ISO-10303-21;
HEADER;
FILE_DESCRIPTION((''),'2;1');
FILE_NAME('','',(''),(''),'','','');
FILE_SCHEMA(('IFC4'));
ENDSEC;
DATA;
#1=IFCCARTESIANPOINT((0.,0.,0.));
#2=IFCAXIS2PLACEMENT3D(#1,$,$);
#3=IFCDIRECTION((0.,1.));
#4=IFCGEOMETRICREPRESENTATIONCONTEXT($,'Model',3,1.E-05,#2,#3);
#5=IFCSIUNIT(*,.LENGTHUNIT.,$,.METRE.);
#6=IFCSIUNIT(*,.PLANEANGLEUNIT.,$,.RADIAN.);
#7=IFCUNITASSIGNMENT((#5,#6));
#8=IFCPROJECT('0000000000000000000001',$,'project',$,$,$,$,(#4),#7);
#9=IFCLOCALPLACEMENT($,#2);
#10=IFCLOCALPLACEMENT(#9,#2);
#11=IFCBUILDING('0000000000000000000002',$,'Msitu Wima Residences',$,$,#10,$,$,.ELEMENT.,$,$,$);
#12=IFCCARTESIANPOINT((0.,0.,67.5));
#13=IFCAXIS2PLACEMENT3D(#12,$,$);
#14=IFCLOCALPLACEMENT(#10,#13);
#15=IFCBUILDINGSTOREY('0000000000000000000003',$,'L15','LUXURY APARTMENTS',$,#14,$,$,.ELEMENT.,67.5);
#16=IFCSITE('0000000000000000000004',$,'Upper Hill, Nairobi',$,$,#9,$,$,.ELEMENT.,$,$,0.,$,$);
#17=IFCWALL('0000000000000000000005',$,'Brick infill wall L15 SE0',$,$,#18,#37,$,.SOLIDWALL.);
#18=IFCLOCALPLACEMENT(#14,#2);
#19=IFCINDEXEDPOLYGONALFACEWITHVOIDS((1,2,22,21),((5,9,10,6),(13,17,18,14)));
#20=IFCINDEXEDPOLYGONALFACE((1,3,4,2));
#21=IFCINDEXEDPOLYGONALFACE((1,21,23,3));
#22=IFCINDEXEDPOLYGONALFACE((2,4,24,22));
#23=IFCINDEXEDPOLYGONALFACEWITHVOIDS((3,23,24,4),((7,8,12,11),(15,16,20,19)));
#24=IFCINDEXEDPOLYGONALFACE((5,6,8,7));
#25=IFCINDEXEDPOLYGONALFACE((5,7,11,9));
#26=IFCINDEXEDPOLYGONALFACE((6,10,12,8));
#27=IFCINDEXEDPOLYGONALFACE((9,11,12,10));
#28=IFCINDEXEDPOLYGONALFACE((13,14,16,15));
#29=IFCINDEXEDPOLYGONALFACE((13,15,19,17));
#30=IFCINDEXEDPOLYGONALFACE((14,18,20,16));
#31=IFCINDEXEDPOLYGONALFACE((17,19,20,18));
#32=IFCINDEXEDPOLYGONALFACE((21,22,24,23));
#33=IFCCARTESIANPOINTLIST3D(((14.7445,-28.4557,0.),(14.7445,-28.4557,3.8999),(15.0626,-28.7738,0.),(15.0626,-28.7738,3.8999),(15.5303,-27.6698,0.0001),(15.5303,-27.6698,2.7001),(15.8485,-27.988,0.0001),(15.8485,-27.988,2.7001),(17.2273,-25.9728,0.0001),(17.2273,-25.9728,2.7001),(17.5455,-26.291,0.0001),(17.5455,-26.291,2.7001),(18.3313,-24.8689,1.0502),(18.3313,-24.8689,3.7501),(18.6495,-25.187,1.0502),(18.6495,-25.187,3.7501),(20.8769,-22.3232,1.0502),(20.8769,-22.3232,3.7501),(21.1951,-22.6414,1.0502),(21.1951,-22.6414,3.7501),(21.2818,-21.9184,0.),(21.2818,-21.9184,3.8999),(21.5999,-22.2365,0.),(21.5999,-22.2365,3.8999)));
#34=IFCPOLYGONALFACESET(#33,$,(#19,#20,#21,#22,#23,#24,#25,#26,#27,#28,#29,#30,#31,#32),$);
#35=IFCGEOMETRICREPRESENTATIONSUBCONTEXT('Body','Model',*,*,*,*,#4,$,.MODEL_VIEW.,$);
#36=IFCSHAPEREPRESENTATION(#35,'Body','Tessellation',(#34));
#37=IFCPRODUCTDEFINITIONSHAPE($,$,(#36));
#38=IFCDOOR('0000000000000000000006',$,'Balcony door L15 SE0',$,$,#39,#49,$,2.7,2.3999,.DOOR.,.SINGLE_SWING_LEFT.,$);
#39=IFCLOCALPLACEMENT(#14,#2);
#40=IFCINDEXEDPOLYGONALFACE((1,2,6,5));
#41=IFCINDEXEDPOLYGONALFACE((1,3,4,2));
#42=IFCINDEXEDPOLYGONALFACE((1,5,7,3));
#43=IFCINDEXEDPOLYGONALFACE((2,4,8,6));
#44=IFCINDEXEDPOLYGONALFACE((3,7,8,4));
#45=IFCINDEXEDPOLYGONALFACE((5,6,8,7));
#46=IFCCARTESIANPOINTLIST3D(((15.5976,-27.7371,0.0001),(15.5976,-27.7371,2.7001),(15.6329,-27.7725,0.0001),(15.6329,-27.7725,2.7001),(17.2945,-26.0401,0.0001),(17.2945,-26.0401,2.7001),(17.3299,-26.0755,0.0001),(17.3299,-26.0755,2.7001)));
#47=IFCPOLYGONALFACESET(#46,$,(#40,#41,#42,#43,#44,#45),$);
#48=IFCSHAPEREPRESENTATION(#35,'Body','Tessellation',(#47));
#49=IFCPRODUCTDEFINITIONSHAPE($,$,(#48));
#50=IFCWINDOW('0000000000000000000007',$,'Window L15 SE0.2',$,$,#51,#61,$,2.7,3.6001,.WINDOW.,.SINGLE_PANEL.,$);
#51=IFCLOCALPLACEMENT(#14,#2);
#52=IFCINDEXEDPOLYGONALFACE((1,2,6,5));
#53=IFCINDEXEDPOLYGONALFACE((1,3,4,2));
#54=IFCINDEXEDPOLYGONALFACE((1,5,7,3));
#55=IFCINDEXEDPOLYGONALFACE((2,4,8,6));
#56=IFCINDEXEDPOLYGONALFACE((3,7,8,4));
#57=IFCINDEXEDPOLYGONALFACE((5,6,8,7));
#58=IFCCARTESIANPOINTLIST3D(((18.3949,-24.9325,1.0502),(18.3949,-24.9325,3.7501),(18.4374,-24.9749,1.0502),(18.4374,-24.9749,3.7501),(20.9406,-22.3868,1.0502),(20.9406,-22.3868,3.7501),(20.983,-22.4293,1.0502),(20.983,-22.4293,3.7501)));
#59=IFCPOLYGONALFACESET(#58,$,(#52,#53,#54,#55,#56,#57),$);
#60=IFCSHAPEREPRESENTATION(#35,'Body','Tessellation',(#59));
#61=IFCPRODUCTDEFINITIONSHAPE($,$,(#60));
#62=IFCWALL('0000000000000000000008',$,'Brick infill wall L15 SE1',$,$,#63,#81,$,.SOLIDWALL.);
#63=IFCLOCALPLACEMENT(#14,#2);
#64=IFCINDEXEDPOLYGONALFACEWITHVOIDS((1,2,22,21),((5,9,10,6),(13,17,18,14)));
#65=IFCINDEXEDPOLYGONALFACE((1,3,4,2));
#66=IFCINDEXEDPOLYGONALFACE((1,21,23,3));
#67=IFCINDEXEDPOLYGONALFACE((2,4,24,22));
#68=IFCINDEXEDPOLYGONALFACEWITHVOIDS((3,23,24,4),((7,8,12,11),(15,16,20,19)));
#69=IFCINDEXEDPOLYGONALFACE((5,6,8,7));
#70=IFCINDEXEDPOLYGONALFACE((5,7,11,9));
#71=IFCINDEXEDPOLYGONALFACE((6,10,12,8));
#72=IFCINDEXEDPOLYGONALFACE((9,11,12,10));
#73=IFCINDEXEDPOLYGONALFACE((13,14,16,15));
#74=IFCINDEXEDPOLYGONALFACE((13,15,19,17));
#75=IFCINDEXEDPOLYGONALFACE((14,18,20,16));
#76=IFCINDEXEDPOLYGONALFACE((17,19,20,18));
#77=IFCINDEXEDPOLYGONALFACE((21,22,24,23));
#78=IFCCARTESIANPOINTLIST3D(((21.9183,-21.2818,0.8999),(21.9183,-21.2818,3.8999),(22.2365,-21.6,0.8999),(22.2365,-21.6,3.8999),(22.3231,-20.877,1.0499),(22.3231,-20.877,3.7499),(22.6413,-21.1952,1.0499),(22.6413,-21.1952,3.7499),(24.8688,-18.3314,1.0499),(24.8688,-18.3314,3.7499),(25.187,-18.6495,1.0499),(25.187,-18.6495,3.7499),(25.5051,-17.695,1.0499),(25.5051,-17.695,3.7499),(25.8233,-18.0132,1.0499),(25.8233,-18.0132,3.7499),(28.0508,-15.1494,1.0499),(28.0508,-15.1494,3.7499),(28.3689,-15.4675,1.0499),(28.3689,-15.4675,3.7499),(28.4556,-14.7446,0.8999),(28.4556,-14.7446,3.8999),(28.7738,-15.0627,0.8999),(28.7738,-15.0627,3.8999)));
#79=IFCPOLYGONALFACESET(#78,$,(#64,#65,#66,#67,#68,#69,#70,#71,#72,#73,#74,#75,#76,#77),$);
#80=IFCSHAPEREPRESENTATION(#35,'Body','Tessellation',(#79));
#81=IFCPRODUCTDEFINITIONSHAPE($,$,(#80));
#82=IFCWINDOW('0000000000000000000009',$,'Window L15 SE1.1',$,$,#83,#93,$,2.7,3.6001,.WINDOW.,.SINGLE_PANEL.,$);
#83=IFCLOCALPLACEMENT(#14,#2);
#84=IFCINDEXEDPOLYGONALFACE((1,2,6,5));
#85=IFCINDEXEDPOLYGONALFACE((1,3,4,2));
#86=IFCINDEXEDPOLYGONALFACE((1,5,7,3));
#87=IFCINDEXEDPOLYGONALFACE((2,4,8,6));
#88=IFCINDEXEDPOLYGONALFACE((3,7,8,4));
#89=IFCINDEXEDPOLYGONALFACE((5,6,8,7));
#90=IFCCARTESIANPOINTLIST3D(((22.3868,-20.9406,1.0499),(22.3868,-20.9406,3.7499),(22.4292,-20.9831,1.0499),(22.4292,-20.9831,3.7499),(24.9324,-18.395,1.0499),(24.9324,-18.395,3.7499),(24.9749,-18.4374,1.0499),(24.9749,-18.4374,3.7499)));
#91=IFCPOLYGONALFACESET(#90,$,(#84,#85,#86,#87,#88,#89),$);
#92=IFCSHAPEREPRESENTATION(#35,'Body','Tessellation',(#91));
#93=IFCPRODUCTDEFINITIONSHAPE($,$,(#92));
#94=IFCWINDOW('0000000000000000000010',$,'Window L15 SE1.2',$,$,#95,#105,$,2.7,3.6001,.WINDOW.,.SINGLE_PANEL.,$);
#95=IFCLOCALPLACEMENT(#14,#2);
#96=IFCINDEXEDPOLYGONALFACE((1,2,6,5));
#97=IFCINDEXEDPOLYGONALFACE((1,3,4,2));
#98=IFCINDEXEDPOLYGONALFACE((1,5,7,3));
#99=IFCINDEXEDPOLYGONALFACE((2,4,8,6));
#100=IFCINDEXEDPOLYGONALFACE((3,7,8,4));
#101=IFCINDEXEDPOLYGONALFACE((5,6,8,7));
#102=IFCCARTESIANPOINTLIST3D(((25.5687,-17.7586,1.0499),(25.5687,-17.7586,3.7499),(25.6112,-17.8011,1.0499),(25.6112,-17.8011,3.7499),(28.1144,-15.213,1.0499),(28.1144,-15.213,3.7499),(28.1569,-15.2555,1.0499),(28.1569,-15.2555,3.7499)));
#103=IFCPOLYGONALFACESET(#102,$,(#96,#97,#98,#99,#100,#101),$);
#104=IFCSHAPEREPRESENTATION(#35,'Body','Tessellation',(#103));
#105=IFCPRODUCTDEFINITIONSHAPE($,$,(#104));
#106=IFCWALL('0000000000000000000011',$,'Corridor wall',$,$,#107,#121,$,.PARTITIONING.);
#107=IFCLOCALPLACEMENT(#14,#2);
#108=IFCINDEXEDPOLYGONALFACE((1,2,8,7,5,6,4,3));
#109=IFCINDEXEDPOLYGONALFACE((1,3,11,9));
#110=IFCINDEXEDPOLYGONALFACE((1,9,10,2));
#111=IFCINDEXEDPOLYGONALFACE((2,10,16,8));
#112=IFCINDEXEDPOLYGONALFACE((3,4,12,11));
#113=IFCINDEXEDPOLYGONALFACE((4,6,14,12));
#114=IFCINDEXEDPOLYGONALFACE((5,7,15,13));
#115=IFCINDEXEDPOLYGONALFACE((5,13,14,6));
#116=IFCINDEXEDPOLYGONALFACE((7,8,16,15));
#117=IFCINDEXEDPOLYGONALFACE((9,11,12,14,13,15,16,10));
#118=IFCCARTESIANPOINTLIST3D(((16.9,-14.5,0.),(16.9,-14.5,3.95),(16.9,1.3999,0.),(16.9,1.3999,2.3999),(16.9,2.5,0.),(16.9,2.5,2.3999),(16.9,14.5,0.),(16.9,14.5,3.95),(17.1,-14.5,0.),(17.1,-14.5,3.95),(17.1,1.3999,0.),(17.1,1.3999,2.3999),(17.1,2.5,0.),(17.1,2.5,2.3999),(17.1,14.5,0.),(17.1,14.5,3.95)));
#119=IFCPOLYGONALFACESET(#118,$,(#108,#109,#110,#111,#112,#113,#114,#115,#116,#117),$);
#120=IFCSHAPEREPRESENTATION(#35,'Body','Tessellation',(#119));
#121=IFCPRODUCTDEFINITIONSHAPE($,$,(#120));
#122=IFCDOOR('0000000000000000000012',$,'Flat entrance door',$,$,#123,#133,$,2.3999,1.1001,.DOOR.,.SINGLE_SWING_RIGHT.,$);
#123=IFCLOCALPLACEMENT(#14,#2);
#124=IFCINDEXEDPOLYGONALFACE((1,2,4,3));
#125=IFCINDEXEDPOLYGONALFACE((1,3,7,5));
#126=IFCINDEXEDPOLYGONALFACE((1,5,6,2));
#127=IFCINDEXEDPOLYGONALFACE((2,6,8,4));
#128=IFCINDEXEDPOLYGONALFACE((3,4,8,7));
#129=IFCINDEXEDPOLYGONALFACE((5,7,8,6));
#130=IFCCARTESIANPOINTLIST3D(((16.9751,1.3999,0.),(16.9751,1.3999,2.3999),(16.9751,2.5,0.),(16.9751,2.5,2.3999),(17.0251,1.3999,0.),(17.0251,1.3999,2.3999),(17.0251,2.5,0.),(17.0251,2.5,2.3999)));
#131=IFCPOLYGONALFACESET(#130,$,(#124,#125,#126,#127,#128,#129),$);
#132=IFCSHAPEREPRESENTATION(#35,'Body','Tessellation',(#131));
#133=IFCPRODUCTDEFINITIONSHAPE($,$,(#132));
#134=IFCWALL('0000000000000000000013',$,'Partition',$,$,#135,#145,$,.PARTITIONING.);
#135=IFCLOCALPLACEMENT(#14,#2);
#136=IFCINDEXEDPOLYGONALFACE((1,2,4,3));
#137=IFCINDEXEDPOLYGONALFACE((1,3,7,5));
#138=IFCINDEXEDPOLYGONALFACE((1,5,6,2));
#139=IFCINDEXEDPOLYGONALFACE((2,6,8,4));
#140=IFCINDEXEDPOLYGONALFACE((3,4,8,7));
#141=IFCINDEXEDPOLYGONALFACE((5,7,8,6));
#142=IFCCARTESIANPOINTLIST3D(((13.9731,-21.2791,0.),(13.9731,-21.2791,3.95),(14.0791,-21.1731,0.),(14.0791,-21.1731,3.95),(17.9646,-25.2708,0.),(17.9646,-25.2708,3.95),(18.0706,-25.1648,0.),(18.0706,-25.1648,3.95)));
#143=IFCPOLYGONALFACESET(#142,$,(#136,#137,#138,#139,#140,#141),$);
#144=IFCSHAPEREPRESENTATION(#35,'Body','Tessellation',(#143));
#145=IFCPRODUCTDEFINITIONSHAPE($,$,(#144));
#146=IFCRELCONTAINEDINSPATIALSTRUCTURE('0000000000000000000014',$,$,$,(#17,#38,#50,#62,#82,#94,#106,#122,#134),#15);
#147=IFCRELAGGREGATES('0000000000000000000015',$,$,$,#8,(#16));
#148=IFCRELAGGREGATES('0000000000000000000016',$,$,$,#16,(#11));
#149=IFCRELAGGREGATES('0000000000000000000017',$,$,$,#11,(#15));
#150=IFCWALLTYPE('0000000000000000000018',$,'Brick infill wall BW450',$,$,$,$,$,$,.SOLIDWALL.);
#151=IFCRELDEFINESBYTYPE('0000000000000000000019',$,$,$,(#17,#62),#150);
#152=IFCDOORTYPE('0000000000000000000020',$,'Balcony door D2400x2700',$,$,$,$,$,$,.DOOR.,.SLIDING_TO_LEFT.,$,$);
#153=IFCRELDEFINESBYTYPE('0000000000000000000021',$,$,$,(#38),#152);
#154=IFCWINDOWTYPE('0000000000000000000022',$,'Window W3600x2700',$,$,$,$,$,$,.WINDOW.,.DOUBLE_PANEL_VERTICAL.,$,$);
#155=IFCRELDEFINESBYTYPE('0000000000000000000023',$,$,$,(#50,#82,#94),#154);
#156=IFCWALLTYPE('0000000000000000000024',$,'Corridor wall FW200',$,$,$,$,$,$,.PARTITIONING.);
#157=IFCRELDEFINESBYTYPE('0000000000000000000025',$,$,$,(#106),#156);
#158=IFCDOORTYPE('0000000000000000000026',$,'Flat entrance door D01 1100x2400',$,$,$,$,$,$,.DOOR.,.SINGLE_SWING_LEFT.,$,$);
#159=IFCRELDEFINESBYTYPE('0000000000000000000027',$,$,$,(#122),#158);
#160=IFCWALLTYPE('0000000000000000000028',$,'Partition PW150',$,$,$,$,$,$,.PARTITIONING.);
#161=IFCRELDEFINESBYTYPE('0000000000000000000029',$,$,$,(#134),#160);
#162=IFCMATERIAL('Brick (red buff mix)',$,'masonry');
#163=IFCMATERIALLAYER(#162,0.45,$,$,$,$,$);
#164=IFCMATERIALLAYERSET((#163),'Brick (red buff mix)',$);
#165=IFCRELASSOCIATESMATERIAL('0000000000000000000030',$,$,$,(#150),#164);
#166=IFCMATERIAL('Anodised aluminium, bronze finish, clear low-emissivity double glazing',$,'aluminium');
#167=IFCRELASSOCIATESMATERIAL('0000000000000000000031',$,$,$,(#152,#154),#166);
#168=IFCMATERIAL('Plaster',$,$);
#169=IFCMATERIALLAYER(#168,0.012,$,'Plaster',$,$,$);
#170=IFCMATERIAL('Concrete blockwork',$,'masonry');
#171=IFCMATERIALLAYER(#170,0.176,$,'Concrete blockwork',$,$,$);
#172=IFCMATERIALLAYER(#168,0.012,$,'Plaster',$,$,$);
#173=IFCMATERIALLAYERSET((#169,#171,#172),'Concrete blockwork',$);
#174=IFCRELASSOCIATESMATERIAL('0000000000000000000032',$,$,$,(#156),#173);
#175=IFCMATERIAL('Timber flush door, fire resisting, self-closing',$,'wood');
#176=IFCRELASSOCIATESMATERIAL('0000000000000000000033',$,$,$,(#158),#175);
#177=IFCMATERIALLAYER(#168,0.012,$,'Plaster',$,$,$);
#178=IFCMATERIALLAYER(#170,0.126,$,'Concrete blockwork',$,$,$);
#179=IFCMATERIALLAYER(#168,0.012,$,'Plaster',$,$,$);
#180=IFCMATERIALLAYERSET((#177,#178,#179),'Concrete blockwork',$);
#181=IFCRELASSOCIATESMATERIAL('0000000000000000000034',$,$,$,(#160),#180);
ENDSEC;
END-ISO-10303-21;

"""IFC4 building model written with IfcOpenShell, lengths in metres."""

from ifc_helpers import new_model, si_unit, direction, frame, frame_2d, origin, place, context, subcontext, project, spatial, rectangle, extrude, material, layer, layer_set, type_object, element, fill, save


model = new_model("IFC4")

# Units and contexts
model_context = context("Model", 3, precision=1e-05, world=origin(), true_north=direction((0.0, 1.0)))
body_context = subcontext(model_context, "Body", "Model", "MODEL_VIEW")
ifc_project = project(units=[si_unit("LENGTHUNIT", "METRE"), si_unit("PLANEANGLEUNIT", "RADIAN")], contexts=[model_context])

# Site, building, storey
site_placement = place(None, origin())
site = spatial("IfcSite", under=ifc_project, at=site_placement, Name="Upper Hill, Nairobi", CompositionType="ELEMENT", RefElevation=0.0)
building_placement = place(site_placement, origin())
building = spatial("IfcBuilding", under=site, at=building_placement, Name="Msitu Wima Residences", CompositionType="ELEMENT")
storey_placement = place(building_placement, frame((0.0, 0.0, 67.5)))
storey = spatial("IfcBuildingStorey", under=building, at=storey_placement, Name="L15", Description="LUXURY APARTMENTS", CompositionType="ELEMENT", Elevation=67.5)

# Wall, openings, door, window
ifc_material_1 = material(Name="Brick (red buff mix)", Category="masonry")
ifc_layer_1 = layer(ifc_material_1, 0.45)
ifc_layer_set_1 = layer_set([ifc_layer_1], Name="Brick (red buff mix)")
wall_type_1 = type_object("IfcWallType", Name="Brick infill wall BW450", PredefinedType="SOLIDWALL", material=ifc_layer_set_1)
wall_1_placement = place(storey_placement, frame((14.9036, -28.6147, 0.0), z_axis=(0.0, 0.0, 1.0), x_axis=(0.707107, 0.707107, 0.0)))
wall_1 = element("IfcWall", 1, at=wall_1_placement, inside=storey, type_object=wall_type_1, Name="Brick infill wall L15 SE0", PredefinedType="SOLIDWALL", context=body_context, shape_type="SweptSolid", body=[
    extrude(rectangle(XDim=9.2451, YDim=0.45, at=frame_2d((4.6226, 0.0))), origin(), (0.0, 0.0, 1.0), 3.8999),
])
opening_1_placement = place(wall_1_placement, frame((1.1113, 0.0, 0.0)))
opening_1 = element("IfcOpeningElement", 2, at=opening_1_placement, cuts=wall_1, PredefinedType="OPENING", context=body_context, shape_type="SweptSolid", body=[
    extrude(rectangle(XDim=2.3999, YDim=2.7, at=frame_2d((1.2, 1.3501))), frame((0.0, 0.2349, 0.0), z_axis=(0.0, -1.0, 0.0), x_axis=(1.0, 0.0, 0.0)), (0.0, 0.0, 1.0), 0.47),
])
opening_2_placement = place(wall_1_placement, frame((5.0725, 0.0, 1.05)))
opening_2 = element("IfcOpeningElement", 3, at=opening_2_placement, cuts=wall_1, PredefinedType="OPENING", context=body_context, shape_type="SweptSolid", body=[
    extrude(rectangle(XDim=3.6001, YDim=2.7, at=frame_2d((1.8, 1.3501))), frame((0.0, 0.2349, 0.0), z_axis=(0.0, -1.0, 0.0), x_axis=(1.0, 0.0, 0.0)), (0.0, 0.0, 1.0), 0.47),
])
ifc_material_2 = material(Name="Anodised aluminium, bronze finish, clear low-emissivity double glazing", Category="aluminium")
door_type_1 = type_object("IfcDoorType", Name="Balcony door D2400x2700", OperationType="SLIDING_TO_LEFT", PredefinedType="DOOR", material=ifc_material_2)
door_1_placement = place(opening_1_placement, origin())
door_1 = element("IfcDoor", 4, at=door_1_placement, inside=storey, type_object=door_type_1, Name="Balcony door L15 SE0", OperationType="SINGLE_SWING_LEFT", OverallHeight=2.7, OverallWidth=2.3999, PredefinedType="DOOR", context=body_context, shape_type="SweptSolid", body=[
    extrude(rectangle(XDim=2.3999, YDim=2.7, at=frame_2d((1.2, 1.3501))), frame((0.0, 0.1299, 0.0), z_axis=(0.0, -1.0, 0.0), x_axis=(1.0, 0.0, 0.0)), (0.0, 0.0, 1.0), 0.05),
])
fill(opening_1, door_1)
window_type = type_object("IfcWindowType", Name="Window W3600x2700", PartitioningType="DOUBLE_PANEL_VERTICAL", PredefinedType="WINDOW", material=ifc_material_2)
window_1_placement = place(opening_2_placement, origin())
window_1 = element("IfcWindow", 5, at=window_1_placement, inside=storey, type_object=window_type, Name="Window L15 SE0.2", OverallHeight=2.7, OverallWidth=3.6001, PartitioningType="SINGLE_PANEL", PredefinedType="WINDOW", context=body_context, shape_type="SweptSolid", body=[
    extrude(rectangle(XDim=3.6001, YDim=2.7, at=frame_2d((1.8, 1.3501))), frame((0.0, 0.135, 0.0), z_axis=(0.0, -1.0, 0.0), x_axis=(1.0, 0.0, 0.0)), (0.0, 0.0, 1.0), 0.0601),
])
fill(opening_2, window_1)

# Wall, openings, windows
wall_2_placement = place(storey_placement, frame((22.0774, -21.4409, 0.8999), z_axis=(0.0, 0.0, 1.0), x_axis=(0.707107, 0.707107, 0.0)))
wall_2 = element("IfcWall", 6, at=wall_2_placement, inside=storey, type_object=wall_type_1, Name="Brick infill wall L15 SE1", PredefinedType="SOLIDWALL", context=body_context, shape_type="SweptSolid", body=[
    extrude(rectangle(XDim=9.2451, YDim=0.45, at=frame_2d((4.6226, 0.0))), origin(), (0.0, 0.0, 1.0), 3.0),
])
opening_3_placement = place(wall_2_placement, frame((0.5725, 0.0, 0.1499)))
opening_3 = element("IfcOpeningElement", 7, at=opening_3_placement, cuts=wall_2, PredefinedType="OPENING", context=body_context, shape_type="SweptSolid", body=[
    extrude(rectangle(XDim=3.6001, YDim=2.7, at=frame_2d((1.8, 1.3501))), frame((0.0, 0.2349, 0.0), z_axis=(0.0, -1.0, 0.0), x_axis=(1.0, 0.0, 0.0)), (0.0, 0.0, 1.0), 0.47),
])
opening_4_placement = place(wall_2_placement, frame((5.0725, 0.0, 0.1499)))
opening_4 = element("IfcOpeningElement", 8, at=opening_4_placement, cuts=wall_2, PredefinedType="OPENING", context=body_context, shape_type="SweptSolid", body=[
    extrude(rectangle(XDim=3.6001, YDim=2.7, at=frame_2d((1.8, 1.3501))), frame((0.0, 0.2349, 0.0), z_axis=(0.0, -1.0, 0.0), x_axis=(1.0, 0.0, 0.0)), (0.0, 0.0, 1.0), 0.47),
])
window_2_placement = place(opening_3_placement, origin())
window_2 = element("IfcWindow", 9, at=window_2_placement, inside=storey, type_object=window_type, Name="Window L15 SE1.1", OverallHeight=2.7, OverallWidth=3.6001, PartitioningType="SINGLE_PANEL", PredefinedType="WINDOW", context=body_context, shape_type="SweptSolid", body=[
    extrude(rectangle(XDim=3.6001, YDim=2.7, at=frame_2d((1.8, 1.3501))), frame((0.0, 0.135, 0.0), z_axis=(0.0, -1.0, 0.0), x_axis=(1.0, 0.0, 0.0)), (0.0, 0.0, 1.0), 0.0601),
])
fill(opening_3, window_2)
window_3_placement = place(opening_4_placement, origin())
window_3 = element("IfcWindow", 10, at=window_3_placement, inside=storey, type_object=window_type, Name="Window L15 SE1.2", OverallHeight=2.7, OverallWidth=3.6001, PartitioningType="SINGLE_PANEL", PredefinedType="WINDOW", context=body_context, shape_type="SweptSolid", body=[
    extrude(rectangle(XDim=3.6001, YDim=2.7, at=frame_2d((1.8, 1.3501))), frame((0.0, 0.135, 0.0), z_axis=(0.0, -1.0, 0.0), x_axis=(1.0, 0.0, 0.0)), (0.0, 0.0, 1.0), 0.0601),
])
fill(opening_4, window_3)

# Wall, opening, door
ifc_material_3 = material(Name="Plaster")
ifc_layer_2 = layer(ifc_material_3, 0.012, Name="Plaster")
ifc_material_4 = material(Name="Concrete blockwork", Category="masonry")
ifc_layer_3 = layer(ifc_material_4, 0.176, Name="Concrete blockwork")
ifc_layer_4 = layer(ifc_material_3, 0.012, Name="Plaster")
ifc_layer_set_2 = layer_set([ifc_layer_2, ifc_layer_3, ifc_layer_4], Name="Concrete blockwork")
wall_type_2 = type_object("IfcWallType", Name="Corridor wall FW200", PredefinedType="PARTITIONING", material=ifc_layer_set_2)
wall_3_placement = place(storey_placement, frame((17.0, -14.5, 0.0), z_axis=(0.0, 0.0, 1.0), x_axis=(0.0, 1.0, 0.0)))
wall_3 = element("IfcWall", 11, at=wall_3_placement, inside=storey, type_object=wall_type_2, Name="Corridor wall", PredefinedType="PARTITIONING", context=body_context, shape_type="SweptSolid", body=[
    extrude(rectangle(XDim=29.0, YDim=0.2, at=frame_2d((14.5, 0.0))), origin(), (0.0, 0.0, 1.0), 3.95),
])
opening_5_placement = place(wall_3_placement, frame((15.8999, 0.0, 0.0)))
opening_5 = element("IfcOpeningElement", 12, at=opening_5_placement, cuts=wall_3, PredefinedType="OPENING", context=body_context, shape_type="SweptSolid", body=[
    extrude(rectangle(XDim=1.1001, YDim=2.3999, at=frame_2d((0.55, 1.2))), frame((0.0, 0.1099, 0.0), z_axis=(0.0, -1.0, 0.0), x_axis=(1.0, 0.0, 0.0)), (0.0, 0.0, 1.0), 0.22),
])
ifc_material_5 = material(Name="Timber flush door, fire resisting, self-closing", Category="wood")
door_type_2 = type_object("IfcDoorType", Name="Flat entrance door D01 1100x2400", OperationType="SINGLE_SWING_LEFT", PredefinedType="DOOR", material=ifc_material_5)
door_2_placement = place(opening_5_placement, origin())
door_2 = element("IfcDoor", 13, at=door_2_placement, inside=storey, type_object=door_type_2, Name="Flat entrance door", OperationType="SINGLE_SWING_RIGHT", OverallHeight=2.3999, OverallWidth=1.1001, PredefinedType="DOOR", context=body_context, shape_type="SweptSolid", body=[
    extrude(rectangle(XDim=1.1001, YDim=2.3999, at=frame_2d((0.55, 1.2))), frame((0.0, 0.0249, 0.0), z_axis=(0.0, -1.0, 0.0), x_axis=(1.0, 0.0, 0.0)), (0.0, 0.0, 1.0), 0.05),
])
fill(opening_5, door_2)

# Wall
ifc_layer_5 = layer(ifc_material_3, 0.012, Name="Plaster")
ifc_layer_6 = layer(ifc_material_4, 0.126, Name="Concrete blockwork")
ifc_layer_7 = layer(ifc_material_3, 0.012, Name="Plaster")
ifc_layer_set_3 = layer_set([ifc_layer_5, ifc_layer_6, ifc_layer_7], Name="Concrete blockwork")
wall_type_3 = type_object("IfcWallType", Name="Partition PW150", PredefinedType="PARTITIONING", material=ifc_layer_set_3)
wall_4_placement = place(storey_placement, frame((14.0261, -21.2261, 0.0), z_axis=(0.0, 0.0, 1.0), x_axis=(0.707085, -0.707128, 0.0)))
element("IfcWall", 14, at=wall_4_placement, inside=storey, type_object=wall_type_3, Name="Partition", PredefinedType="PARTITIONING", context=body_context, shape_type="SweptSolid", body=[
    extrude(rectangle(XDim=5.645, YDim=0.1499, at=frame_2d((2.8225, 0.0))), origin(), (0.0, 0.0, 1.0), 3.95),
])

save(model, "model.ifc")
